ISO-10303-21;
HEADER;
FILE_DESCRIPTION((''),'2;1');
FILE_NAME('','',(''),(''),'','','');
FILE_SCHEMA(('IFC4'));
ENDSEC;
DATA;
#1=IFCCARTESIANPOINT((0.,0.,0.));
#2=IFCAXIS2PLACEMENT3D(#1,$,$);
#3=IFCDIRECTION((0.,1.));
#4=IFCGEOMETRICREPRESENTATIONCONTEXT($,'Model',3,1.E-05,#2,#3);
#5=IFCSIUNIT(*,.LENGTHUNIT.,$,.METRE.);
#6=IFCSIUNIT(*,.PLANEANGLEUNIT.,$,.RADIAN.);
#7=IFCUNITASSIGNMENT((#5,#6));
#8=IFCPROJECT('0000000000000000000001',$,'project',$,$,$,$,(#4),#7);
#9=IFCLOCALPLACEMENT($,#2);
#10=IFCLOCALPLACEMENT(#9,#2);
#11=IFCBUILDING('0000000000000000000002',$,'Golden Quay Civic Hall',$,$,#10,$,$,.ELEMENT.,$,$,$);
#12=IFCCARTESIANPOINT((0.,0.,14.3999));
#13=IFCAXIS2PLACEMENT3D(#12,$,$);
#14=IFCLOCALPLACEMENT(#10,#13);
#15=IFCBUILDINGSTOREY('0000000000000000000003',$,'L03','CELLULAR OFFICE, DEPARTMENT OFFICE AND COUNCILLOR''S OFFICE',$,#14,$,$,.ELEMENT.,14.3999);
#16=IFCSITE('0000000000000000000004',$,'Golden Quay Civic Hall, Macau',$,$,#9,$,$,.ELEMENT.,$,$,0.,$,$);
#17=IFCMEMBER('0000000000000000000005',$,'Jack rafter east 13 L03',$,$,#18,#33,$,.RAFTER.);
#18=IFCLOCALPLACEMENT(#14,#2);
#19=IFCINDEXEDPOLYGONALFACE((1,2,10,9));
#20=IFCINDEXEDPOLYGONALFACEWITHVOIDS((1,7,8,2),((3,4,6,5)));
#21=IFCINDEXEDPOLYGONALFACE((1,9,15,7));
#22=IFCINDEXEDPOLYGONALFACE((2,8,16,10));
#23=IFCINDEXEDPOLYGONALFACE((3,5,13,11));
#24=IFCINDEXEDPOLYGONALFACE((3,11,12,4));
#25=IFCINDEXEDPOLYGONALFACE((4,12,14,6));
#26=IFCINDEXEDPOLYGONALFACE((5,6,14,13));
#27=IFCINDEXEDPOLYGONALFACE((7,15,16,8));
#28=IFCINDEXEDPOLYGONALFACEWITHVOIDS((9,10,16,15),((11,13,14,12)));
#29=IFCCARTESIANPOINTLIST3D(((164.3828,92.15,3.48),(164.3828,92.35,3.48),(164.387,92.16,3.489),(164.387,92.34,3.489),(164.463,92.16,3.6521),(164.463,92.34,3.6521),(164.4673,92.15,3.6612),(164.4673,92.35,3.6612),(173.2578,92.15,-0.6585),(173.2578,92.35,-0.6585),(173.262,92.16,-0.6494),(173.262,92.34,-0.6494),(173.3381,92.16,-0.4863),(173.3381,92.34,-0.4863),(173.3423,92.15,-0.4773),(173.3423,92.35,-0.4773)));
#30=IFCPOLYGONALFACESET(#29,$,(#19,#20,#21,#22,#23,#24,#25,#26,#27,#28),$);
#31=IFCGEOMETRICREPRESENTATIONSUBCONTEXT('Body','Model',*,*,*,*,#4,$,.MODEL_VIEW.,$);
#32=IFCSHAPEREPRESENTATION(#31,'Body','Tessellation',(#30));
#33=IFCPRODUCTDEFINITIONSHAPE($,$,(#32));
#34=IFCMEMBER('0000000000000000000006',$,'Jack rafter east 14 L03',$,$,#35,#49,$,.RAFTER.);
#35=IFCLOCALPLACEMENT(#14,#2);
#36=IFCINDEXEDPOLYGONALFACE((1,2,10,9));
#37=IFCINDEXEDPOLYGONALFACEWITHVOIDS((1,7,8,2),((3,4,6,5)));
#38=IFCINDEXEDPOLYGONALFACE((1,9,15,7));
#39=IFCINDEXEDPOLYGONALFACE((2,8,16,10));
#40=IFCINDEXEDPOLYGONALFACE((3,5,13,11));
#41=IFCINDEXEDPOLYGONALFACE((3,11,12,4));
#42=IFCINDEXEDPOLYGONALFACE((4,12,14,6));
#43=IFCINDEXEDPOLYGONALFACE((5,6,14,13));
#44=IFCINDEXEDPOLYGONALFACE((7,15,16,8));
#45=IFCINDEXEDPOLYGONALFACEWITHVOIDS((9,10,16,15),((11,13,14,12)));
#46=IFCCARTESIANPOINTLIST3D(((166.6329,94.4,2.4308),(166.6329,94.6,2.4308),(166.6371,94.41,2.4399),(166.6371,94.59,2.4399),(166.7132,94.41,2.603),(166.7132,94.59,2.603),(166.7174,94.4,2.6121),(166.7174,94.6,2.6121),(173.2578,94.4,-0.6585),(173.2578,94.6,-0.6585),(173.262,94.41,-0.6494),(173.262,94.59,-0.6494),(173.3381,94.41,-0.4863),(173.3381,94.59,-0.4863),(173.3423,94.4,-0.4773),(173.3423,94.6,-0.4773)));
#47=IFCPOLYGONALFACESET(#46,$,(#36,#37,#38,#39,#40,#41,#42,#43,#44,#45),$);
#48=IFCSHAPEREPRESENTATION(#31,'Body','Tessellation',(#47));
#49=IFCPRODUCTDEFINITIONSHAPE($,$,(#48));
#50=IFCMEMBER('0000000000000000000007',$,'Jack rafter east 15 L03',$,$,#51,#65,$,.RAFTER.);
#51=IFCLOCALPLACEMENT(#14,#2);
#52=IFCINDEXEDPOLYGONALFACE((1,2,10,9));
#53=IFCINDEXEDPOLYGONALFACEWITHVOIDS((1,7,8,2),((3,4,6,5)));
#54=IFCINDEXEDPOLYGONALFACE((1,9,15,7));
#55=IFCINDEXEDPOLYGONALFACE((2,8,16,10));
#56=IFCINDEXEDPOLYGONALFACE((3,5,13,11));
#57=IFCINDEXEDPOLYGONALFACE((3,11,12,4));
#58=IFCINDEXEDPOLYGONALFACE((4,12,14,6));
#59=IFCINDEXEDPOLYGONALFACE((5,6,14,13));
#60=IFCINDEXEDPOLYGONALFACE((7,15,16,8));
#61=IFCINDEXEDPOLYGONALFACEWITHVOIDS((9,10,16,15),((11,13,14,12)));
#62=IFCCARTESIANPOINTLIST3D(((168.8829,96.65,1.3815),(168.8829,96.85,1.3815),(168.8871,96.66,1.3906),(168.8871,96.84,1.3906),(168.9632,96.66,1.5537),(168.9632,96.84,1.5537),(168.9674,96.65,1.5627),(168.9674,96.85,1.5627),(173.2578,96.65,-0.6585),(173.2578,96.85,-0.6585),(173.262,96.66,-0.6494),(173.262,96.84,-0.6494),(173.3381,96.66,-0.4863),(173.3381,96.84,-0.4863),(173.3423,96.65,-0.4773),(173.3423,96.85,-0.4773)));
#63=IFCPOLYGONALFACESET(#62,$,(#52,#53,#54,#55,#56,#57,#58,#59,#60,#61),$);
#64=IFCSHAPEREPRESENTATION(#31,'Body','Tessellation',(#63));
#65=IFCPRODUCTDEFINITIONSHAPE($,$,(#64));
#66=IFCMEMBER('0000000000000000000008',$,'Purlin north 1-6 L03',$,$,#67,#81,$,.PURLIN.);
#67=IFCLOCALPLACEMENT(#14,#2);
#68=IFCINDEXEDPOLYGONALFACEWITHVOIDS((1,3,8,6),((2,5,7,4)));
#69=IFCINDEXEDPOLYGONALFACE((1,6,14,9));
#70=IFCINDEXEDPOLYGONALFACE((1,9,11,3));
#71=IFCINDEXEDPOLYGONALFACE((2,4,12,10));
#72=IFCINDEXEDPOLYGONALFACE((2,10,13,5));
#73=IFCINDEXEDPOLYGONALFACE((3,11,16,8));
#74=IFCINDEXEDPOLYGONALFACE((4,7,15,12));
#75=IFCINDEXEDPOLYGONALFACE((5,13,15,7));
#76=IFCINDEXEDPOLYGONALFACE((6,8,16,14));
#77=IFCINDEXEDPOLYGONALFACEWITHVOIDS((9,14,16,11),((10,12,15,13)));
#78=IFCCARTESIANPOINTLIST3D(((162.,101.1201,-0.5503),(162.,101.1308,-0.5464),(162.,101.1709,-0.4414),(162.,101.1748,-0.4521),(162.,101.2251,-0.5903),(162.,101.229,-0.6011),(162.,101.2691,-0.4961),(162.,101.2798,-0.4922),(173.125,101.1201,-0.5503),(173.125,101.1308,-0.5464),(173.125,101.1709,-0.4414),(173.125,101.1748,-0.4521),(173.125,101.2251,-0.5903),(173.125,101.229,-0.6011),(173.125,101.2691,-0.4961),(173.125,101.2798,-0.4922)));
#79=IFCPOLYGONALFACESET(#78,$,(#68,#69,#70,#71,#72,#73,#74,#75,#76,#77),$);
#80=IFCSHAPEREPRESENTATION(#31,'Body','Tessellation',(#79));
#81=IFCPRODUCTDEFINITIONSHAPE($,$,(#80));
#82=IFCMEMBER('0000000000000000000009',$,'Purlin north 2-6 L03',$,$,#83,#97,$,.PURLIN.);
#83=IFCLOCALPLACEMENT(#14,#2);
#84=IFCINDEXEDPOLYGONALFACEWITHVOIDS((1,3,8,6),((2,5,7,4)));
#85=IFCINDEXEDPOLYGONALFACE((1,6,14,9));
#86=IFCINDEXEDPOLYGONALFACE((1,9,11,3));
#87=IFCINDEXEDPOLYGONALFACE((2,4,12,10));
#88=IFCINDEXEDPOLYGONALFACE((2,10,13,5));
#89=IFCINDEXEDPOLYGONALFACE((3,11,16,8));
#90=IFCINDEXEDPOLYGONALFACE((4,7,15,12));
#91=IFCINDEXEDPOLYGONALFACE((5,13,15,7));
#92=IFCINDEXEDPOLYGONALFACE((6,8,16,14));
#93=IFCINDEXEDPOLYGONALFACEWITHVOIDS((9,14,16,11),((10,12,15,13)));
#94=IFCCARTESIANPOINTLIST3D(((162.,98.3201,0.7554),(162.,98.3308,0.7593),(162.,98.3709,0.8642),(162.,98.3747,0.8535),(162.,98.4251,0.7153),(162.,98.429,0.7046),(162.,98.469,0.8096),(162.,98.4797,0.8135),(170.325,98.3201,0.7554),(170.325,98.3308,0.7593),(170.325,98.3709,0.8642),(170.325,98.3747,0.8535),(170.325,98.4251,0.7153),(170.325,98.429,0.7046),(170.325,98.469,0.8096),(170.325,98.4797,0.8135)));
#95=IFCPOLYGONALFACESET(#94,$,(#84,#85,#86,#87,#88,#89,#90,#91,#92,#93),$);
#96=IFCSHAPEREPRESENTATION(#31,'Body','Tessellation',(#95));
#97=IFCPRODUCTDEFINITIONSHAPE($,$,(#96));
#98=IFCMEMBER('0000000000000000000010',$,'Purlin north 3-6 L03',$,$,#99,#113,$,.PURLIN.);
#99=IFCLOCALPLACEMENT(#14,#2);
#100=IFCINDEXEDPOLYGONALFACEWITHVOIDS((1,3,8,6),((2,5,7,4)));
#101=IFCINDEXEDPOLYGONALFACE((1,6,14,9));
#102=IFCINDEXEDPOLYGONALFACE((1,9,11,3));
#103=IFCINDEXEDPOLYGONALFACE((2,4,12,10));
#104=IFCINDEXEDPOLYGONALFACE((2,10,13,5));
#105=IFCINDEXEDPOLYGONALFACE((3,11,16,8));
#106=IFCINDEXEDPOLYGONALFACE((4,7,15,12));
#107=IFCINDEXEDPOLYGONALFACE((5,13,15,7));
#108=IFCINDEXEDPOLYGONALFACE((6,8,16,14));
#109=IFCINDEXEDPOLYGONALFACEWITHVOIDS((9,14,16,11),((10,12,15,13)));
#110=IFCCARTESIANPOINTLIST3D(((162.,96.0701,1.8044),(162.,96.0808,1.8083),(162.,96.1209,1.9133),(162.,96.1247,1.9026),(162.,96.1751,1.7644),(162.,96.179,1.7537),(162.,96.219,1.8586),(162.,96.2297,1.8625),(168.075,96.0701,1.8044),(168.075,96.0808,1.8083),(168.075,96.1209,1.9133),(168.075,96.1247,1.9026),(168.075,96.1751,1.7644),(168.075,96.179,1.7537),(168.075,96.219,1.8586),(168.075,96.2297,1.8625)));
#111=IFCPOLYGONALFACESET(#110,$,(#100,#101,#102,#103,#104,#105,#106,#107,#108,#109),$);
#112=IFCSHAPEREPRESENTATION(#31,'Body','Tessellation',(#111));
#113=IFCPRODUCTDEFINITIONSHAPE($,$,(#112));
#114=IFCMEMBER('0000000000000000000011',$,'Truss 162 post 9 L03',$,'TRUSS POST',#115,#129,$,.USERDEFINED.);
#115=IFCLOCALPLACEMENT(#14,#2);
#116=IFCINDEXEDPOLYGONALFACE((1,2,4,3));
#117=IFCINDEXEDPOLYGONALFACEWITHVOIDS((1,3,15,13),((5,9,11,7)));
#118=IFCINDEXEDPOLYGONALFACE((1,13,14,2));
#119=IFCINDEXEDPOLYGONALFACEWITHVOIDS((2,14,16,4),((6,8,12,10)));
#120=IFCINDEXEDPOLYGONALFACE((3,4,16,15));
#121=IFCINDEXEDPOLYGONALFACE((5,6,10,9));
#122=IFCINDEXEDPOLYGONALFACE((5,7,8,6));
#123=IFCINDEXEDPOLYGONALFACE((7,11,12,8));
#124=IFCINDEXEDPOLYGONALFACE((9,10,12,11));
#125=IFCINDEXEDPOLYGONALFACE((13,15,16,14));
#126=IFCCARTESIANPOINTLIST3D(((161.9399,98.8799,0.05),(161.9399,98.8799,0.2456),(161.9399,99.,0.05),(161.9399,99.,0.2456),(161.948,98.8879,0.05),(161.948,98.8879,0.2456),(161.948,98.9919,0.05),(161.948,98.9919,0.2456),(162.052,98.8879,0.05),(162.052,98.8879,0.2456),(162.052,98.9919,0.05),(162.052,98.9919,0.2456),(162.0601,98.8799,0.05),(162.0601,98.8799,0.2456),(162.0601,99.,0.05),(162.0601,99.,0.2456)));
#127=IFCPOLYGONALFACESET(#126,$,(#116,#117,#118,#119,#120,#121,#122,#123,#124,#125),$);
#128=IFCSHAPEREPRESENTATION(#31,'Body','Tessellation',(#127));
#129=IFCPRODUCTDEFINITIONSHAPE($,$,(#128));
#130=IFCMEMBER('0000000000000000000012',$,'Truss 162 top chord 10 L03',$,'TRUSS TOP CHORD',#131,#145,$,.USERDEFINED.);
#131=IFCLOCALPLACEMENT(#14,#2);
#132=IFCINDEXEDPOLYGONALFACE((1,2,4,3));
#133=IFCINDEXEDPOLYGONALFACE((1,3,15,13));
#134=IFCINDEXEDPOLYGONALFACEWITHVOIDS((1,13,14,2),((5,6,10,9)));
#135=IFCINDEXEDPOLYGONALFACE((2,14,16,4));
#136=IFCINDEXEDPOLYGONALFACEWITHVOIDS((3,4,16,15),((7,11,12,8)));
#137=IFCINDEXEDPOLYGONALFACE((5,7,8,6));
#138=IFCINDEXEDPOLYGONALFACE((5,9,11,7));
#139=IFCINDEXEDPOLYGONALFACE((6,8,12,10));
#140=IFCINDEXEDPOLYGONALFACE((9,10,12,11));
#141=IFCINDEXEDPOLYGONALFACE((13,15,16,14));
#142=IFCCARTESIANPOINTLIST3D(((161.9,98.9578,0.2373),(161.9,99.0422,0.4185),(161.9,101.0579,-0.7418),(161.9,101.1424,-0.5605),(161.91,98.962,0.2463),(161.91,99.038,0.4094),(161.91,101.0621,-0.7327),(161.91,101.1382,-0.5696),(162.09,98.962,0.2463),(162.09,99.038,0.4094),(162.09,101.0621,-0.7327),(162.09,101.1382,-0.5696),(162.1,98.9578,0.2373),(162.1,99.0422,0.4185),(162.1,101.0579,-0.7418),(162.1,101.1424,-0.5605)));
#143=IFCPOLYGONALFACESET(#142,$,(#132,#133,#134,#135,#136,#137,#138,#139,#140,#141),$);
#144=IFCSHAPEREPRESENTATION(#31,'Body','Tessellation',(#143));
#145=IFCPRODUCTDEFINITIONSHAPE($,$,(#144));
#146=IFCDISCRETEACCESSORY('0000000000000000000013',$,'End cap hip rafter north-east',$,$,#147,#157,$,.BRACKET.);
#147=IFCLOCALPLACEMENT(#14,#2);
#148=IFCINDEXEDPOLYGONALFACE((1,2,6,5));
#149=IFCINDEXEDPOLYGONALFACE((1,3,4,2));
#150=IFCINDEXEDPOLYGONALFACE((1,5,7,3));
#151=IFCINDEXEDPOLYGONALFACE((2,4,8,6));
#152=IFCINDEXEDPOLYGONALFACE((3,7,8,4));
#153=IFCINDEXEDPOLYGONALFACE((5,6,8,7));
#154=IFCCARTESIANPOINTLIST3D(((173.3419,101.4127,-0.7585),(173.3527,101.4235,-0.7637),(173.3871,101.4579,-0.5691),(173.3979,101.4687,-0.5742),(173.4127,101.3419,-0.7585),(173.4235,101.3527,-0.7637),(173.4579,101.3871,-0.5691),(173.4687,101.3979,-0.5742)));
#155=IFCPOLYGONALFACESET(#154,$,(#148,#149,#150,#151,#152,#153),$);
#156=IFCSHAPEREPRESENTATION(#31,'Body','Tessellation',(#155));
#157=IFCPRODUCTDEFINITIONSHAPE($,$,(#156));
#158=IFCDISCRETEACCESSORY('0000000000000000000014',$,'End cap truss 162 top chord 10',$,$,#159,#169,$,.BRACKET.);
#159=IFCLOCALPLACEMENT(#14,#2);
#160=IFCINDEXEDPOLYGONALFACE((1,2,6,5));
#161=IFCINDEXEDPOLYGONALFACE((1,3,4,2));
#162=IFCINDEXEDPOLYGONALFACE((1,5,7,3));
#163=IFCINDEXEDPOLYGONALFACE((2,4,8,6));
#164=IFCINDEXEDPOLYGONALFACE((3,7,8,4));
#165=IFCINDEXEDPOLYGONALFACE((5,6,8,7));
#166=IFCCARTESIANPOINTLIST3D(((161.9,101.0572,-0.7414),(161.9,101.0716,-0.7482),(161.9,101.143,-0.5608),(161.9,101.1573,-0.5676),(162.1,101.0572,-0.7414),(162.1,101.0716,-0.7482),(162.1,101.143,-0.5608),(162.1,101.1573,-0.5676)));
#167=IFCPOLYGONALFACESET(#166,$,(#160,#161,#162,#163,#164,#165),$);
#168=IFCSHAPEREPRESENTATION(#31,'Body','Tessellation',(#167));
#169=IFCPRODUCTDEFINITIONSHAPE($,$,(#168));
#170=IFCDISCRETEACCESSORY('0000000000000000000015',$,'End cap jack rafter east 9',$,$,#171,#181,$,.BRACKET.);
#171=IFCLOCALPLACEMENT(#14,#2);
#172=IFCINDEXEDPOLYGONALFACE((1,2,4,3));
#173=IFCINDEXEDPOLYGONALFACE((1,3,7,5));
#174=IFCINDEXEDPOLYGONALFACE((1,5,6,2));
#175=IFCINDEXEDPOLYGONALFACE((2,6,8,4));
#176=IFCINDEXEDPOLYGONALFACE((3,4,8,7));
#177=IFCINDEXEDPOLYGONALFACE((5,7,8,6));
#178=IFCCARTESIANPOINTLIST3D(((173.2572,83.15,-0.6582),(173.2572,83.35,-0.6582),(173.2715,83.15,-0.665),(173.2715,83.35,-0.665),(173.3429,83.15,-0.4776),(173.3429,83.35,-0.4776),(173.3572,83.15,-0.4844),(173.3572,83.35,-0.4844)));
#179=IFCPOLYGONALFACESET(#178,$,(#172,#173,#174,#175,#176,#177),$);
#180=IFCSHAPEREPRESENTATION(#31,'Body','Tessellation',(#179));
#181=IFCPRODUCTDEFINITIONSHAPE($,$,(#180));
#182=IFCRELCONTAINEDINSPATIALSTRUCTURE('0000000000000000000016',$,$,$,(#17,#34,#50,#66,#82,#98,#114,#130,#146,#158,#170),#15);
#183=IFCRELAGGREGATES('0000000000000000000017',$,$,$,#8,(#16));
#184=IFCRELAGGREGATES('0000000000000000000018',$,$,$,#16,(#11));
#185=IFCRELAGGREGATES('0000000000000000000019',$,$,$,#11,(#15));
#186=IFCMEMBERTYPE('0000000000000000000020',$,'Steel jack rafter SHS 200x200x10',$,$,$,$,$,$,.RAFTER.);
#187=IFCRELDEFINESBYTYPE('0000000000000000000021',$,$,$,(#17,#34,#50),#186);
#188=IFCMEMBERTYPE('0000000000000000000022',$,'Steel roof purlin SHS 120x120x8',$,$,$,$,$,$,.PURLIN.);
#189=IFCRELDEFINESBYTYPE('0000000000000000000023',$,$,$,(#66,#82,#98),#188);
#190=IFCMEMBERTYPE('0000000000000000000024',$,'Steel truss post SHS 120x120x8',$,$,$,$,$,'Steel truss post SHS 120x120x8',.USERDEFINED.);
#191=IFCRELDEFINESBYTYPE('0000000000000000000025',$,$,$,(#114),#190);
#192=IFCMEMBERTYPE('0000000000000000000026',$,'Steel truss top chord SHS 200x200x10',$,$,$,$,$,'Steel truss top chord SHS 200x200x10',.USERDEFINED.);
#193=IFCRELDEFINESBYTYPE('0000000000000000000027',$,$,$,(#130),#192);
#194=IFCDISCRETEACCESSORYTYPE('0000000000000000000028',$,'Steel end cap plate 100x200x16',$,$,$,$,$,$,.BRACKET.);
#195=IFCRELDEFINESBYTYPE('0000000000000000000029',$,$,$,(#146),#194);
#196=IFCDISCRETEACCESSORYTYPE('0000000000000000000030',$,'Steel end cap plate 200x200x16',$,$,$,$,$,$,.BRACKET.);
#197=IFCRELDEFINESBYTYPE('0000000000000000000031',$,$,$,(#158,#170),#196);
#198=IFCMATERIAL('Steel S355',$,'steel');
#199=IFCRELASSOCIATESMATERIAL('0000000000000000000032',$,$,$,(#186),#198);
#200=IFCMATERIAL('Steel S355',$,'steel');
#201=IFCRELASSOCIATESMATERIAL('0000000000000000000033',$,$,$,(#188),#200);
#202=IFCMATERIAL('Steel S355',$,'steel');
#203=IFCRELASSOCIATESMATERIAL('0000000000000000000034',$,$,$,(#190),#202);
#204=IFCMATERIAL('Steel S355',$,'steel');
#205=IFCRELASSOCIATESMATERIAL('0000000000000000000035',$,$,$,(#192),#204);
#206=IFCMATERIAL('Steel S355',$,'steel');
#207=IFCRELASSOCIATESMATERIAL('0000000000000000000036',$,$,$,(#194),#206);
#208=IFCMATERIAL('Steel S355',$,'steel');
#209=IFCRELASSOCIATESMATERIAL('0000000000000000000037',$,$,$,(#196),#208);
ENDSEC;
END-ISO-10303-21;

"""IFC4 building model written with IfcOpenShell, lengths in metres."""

from ifc_helpers import new_model, si_unit, direction, frame, origin, origin_2d, place, context, subcontext, project, spatial, rectangle, hollow_rectangle, extrude, material, material_profile, profile_set, type_object, element, save


model = new_model("IFC4")

# Units and contexts
model_context = context("Model", 3, precision=1e-05, world=origin(), true_north=direction((0.0, 1.0)))
body_context = subcontext(model_context, "Body", "Model", "MODEL_VIEW")
ifc_project = project(units=[si_unit("LENGTHUNIT", "METRE"), si_unit("PLANEANGLEUNIT", "RADIAN")], contexts=[model_context])

# Site, building, storey
site_placement = place(None, origin())
site = spatial("IfcSite", under=ifc_project, at=site_placement, Name="Golden Quay Civic Hall, Macau", CompositionType="ELEMENT", RefElevation=0.0)
building_placement = place(site_placement, origin())
building = spatial("IfcBuilding", under=site, at=building_placement, Name="Golden Quay Civic Hall", CompositionType="ELEMENT")
storey_placement = place(building_placement, frame((0.0, 0.0, 14.3999)))
storey = spatial("IfcBuildingStorey", under=building, at=storey_placement, Name="L03", Description="CELLULAR OFFICE, DEPARTMENT OFFICE AND COUNCILLOR'S OFFICE", CompositionType="ELEMENT", Elevation=14.3999)

# Members
ifc_material_1 = material(Name="Steel S355", Category="steel")
ifc_material_profile_1 = material_profile(ifc_material_1, hollow_rectangle(XDim=0.2, YDim=0.2, WallThickness=0.01, at=origin_2d()), Name="SHS 200x200x10")
ifc_profile_set_1 = profile_set([ifc_material_profile_1], Name="Steel S355")
member_type_1 = type_object("IfcMemberType", Name="Steel jack rafter SHS 200x200x10", PredefinedType="RAFTER", material=ifc_profile_set_1)
member_1_placement = place(storey_placement, frame((173.3, 92.25, -0.5679), z_axis=(-0.90631, 0.0, 0.422614), x_axis=(0.0, -1.0, 0.0)))
element("IfcMember", 1, at=member_1_placement, inside=storey, type_object=member_type_1, Name="Jack rafter east 13 L03", PredefinedType="RAFTER", context=body_context, shape_type="SweptSolid", body=[
    extrude(hollow_rectangle(XDim=0.2, YDim=0.2, WallThickness=0.01, at=origin_2d()), origin(), (0.0, 0.0, 1.0), 9.7925),
])
member_2_placement = place(storey_placement, frame((173.3, 94.5, -0.5679), z_axis=(-0.906304, 0.0, 0.422626), x_axis=(0.0, -1.0, 0.0)))
element("IfcMember", 2, at=member_2_placement, inside=storey, type_object=member_type_1, Name="Jack rafter east 14 L03", PredefinedType="RAFTER", context=body_context, shape_type="SweptSolid", body=[
    extrude(hollow_rectangle(XDim=0.2, YDim=0.2, WallThickness=0.01, at=origin_2d()), origin(), (0.0, 0.0, 1.0), 7.3098),
])
member_3_placement = place(storey_placement, frame((173.3, 96.75, -0.5679), z_axis=(-0.906312, 0.0, 0.422609), x_axis=(0.0, -1.0, 0.0)))
element("IfcMember", 3, at=member_3_placement, inside=storey, type_object=member_type_1, Name="Jack rafter east 15 L03", PredefinedType="RAFTER", context=body_context, shape_type="SweptSolid", body=[
    extrude(hollow_rectangle(XDim=0.2, YDim=0.2, WallThickness=0.01, at=origin_2d()), origin(), (0.0, 0.0, 1.0), 4.8271),
])
ifc_material_2 = material(Name="Steel S355", Category="steel")
ifc_material_profile_2 = material_profile(ifc_material_2, hollow_rectangle(XDim=0.1201, YDim=0.1201, WallThickness=0.0081, at=origin_2d()), Name="SHS 120x120x8")
ifc_profile_set_2 = profile_set([ifc_material_profile_2], Name="Steel S355")
member_type_2 = type_object("IfcMemberType", Name="Steel roof purlin SHS 120x120x8", PredefinedType="PURLIN", material=ifc_profile_set_2)
member_4_placement = place(storey_placement, frame((162.0, 101.2, -0.5212), z_axis=(1.0, 0.0, 0.0), x_axis=(0.0, 0.906308, -0.422618)))
element("IfcMember", 4, at=member_4_placement, inside=storey, type_object=member_type_2, Name="Purlin north 1-6 L03", PredefinedType="PURLIN", context=body_context, shape_type="SweptSolid", body=[
    extrude(hollow_rectangle(XDim=0.1201, YDim=0.1201, WallThickness=0.0081, at=origin_2d()), origin(), (0.0, 0.0, 1.0), 11.125),
])
member_5_placement = place(storey_placement, frame((162.0, 98.3999, 0.7844), z_axis=(1.0, 0.0, 0.0), x_axis=(0.0, 0.906308, -0.422618)))
element("IfcMember", 5, at=member_5_placement, inside=storey, type_object=member_type_2, Name="Purlin north 2-6 L03", PredefinedType="PURLIN", context=body_context, shape_type="SweptSolid", body=[
    extrude(hollow_rectangle(XDim=0.1201, YDim=0.1201, WallThickness=0.0081, at=origin_2d()), origin(), (0.0, 0.0, 1.0), 8.325),
])
member_6_placement = place(storey_placement, frame((162.0, 96.1499, 1.8335), z_axis=(1.0, 0.0, 0.0), x_axis=(0.0, 0.906308, -0.422618)))
element("IfcMember", 6, at=member_6_placement, inside=storey, type_object=member_type_2, Name="Purlin north 3-6 L03", PredefinedType="PURLIN", context=body_context, shape_type="SweptSolid", body=[
    extrude(hollow_rectangle(XDim=0.1201, YDim=0.1201, WallThickness=0.0081, at=origin_2d()), origin(), (0.0, 0.0, 1.0), 6.075),
])
ifc_material_3 = material(Name="Steel S355", Category="steel")
ifc_material_profile_3 = material_profile(ifc_material_3, hollow_rectangle(XDim=0.1201, YDim=0.1201, WallThickness=0.0081, at=origin_2d()), Name="SHS 120x120x8")
ifc_profile_set_3 = profile_set([ifc_material_profile_3], Name="Steel S355")
member_type_3 = type_object("IfcMemberType", Name="Steel truss post SHS 120x120x8", ElementType="Steel truss post SHS 120x120x8", PredefinedType="USERDEFINED", material=ifc_profile_set_3)
member_7_placement = place(storey_placement, frame((162.0, 98.9399, 0.05), z_axis=(0.0, 0.0, 1.0), x_axis=(1.0, 0.0, 0.0)))
element("IfcMember", 7, at=member_7_placement, inside=storey, type_object=member_type_3, Name="Truss 162 post 9 L03", ObjectType="TRUSS POST", PredefinedType="USERDEFINED", context=body_context, shape_type="SweptSolid", body=[
    extrude(hollow_rectangle(XDim=0.1201, YDim=0.1201, WallThickness=0.0081, at=origin_2d()), origin(), (0.0, 0.0, 1.0), 0.1956),
])
ifc_material_4 = material(Name="Steel S355", Category="steel")
ifc_material_profile_4 = material_profile(ifc_material_4, hollow_rectangle(XDim=0.2, YDim=0.2, WallThickness=0.01, at=origin_2d()), Name="SHS 200x200x10")
ifc_profile_set_4 = profile_set([ifc_material_profile_4], Name="Steel S355")
member_type_4 = type_object("IfcMemberType", Name="Steel truss top chord SHS 200x200x10", ElementType="Steel truss top chord SHS 200x200x10", PredefinedType="USERDEFINED", material=ifc_profile_set_4)
member_8_placement = place(storey_placement, frame((162.0, 99.0, 0.3279), z_axis=(0.0, 0.906355, -0.422516), x_axis=(-1.0, 0.0, 0.0)))
element("IfcMember", 8, at=member_8_placement, inside=storey, type_object=member_type_4, Name="Truss 162 top chord 10 L03", ObjectType="TRUSS TOP CHORD", PredefinedType="USERDEFINED", context=body_context, shape_type="SweptSolid", body=[
    extrude(hollow_rectangle(XDim=0.2, YDim=0.2, WallThickness=0.01, at=origin_2d()), origin(), (0.0, 0.0, 1.0), 2.3171),
])

# Discrete accessories
ifc_material_5 = material(Name="Steel S355", Category="steel")
ifc_material_profile_5 = material_profile(ifc_material_5, rectangle(XDim=0.1001, YDim=0.2, at=origin_2d()), Name="Steel end cap plate 100x200x16")
ifc_profile_set_5 = profile_set([ifc_material_profile_5], Name="Steel S355")
discrete_accessory_type_1 = type_object("IfcDiscreteAccessoryType", Name="Steel end cap plate 100x200x16", PredefinedType="BRACKET", material=ifc_profile_set_5)
discrete_accessory_1_placement = place(storey_placement, frame((173.3999, 101.3999, -0.6638), z_axis=(0.669982, 0.669982, -0.319764), x_axis=(-0.707107, 0.707107, 0.0)))
element("IfcDiscreteAccessory", 9, at=discrete_accessory_1_placement, inside=storey, type_object=discrete_accessory_type_1, Name="End cap hip rafter north-east", PredefinedType="BRACKET", context=body_context, shape_type="SweptSolid", body=[
    extrude(rectangle(XDim=0.1001, YDim=0.2, at=origin_2d()), origin(), (0.0, 0.0, 1.0), 0.0161),
])
ifc_material_6 = material(Name="Steel S355", Category="steel")
ifc_material_profile_6 = material_profile(ifc_material_6, rectangle(XDim=0.2, YDim=0.2, at=origin_2d()), Name="Steel end cap plate 200x200x16")
ifc_profile_set_6 = profile_set([ifc_material_profile_6], Name="Steel S355")
discrete_accessory_type_2 = type_object("IfcDiscreteAccessoryType", Name="Steel end cap plate 200x200x16", PredefinedType="BRACKET", material=ifc_profile_set_6)
for number, where, z_axis, x_axis, name in (
    (10, (162.0, 101.1001, -0.6511), (0.0, 0.903426, -0.428744), (-1.0, 0.0, 0.0), "End cap truss 162 top chord 10"),
    (11, (173.3, 83.25, -0.5679), (0.903426, 0.0, -0.428744), (0.0, 1.0, 0.0), "End cap jack rafter east 9"),
):
    element("IfcDiscreteAccessory", number, at=place(storey_placement, frame(where, z_axis=z_axis, x_axis=x_axis)), inside=storey, type_object=discrete_accessory_type_2, Name=name, PredefinedType="BRACKET", context=body_context, shape_type="SweptSolid", body=[
        extrude(rectangle(XDim=0.2, YDim=0.2, at=origin_2d()), origin(), (0.0, 0.0, 1.0), 0.0159),
    ])

save(model, "model.ifc")
